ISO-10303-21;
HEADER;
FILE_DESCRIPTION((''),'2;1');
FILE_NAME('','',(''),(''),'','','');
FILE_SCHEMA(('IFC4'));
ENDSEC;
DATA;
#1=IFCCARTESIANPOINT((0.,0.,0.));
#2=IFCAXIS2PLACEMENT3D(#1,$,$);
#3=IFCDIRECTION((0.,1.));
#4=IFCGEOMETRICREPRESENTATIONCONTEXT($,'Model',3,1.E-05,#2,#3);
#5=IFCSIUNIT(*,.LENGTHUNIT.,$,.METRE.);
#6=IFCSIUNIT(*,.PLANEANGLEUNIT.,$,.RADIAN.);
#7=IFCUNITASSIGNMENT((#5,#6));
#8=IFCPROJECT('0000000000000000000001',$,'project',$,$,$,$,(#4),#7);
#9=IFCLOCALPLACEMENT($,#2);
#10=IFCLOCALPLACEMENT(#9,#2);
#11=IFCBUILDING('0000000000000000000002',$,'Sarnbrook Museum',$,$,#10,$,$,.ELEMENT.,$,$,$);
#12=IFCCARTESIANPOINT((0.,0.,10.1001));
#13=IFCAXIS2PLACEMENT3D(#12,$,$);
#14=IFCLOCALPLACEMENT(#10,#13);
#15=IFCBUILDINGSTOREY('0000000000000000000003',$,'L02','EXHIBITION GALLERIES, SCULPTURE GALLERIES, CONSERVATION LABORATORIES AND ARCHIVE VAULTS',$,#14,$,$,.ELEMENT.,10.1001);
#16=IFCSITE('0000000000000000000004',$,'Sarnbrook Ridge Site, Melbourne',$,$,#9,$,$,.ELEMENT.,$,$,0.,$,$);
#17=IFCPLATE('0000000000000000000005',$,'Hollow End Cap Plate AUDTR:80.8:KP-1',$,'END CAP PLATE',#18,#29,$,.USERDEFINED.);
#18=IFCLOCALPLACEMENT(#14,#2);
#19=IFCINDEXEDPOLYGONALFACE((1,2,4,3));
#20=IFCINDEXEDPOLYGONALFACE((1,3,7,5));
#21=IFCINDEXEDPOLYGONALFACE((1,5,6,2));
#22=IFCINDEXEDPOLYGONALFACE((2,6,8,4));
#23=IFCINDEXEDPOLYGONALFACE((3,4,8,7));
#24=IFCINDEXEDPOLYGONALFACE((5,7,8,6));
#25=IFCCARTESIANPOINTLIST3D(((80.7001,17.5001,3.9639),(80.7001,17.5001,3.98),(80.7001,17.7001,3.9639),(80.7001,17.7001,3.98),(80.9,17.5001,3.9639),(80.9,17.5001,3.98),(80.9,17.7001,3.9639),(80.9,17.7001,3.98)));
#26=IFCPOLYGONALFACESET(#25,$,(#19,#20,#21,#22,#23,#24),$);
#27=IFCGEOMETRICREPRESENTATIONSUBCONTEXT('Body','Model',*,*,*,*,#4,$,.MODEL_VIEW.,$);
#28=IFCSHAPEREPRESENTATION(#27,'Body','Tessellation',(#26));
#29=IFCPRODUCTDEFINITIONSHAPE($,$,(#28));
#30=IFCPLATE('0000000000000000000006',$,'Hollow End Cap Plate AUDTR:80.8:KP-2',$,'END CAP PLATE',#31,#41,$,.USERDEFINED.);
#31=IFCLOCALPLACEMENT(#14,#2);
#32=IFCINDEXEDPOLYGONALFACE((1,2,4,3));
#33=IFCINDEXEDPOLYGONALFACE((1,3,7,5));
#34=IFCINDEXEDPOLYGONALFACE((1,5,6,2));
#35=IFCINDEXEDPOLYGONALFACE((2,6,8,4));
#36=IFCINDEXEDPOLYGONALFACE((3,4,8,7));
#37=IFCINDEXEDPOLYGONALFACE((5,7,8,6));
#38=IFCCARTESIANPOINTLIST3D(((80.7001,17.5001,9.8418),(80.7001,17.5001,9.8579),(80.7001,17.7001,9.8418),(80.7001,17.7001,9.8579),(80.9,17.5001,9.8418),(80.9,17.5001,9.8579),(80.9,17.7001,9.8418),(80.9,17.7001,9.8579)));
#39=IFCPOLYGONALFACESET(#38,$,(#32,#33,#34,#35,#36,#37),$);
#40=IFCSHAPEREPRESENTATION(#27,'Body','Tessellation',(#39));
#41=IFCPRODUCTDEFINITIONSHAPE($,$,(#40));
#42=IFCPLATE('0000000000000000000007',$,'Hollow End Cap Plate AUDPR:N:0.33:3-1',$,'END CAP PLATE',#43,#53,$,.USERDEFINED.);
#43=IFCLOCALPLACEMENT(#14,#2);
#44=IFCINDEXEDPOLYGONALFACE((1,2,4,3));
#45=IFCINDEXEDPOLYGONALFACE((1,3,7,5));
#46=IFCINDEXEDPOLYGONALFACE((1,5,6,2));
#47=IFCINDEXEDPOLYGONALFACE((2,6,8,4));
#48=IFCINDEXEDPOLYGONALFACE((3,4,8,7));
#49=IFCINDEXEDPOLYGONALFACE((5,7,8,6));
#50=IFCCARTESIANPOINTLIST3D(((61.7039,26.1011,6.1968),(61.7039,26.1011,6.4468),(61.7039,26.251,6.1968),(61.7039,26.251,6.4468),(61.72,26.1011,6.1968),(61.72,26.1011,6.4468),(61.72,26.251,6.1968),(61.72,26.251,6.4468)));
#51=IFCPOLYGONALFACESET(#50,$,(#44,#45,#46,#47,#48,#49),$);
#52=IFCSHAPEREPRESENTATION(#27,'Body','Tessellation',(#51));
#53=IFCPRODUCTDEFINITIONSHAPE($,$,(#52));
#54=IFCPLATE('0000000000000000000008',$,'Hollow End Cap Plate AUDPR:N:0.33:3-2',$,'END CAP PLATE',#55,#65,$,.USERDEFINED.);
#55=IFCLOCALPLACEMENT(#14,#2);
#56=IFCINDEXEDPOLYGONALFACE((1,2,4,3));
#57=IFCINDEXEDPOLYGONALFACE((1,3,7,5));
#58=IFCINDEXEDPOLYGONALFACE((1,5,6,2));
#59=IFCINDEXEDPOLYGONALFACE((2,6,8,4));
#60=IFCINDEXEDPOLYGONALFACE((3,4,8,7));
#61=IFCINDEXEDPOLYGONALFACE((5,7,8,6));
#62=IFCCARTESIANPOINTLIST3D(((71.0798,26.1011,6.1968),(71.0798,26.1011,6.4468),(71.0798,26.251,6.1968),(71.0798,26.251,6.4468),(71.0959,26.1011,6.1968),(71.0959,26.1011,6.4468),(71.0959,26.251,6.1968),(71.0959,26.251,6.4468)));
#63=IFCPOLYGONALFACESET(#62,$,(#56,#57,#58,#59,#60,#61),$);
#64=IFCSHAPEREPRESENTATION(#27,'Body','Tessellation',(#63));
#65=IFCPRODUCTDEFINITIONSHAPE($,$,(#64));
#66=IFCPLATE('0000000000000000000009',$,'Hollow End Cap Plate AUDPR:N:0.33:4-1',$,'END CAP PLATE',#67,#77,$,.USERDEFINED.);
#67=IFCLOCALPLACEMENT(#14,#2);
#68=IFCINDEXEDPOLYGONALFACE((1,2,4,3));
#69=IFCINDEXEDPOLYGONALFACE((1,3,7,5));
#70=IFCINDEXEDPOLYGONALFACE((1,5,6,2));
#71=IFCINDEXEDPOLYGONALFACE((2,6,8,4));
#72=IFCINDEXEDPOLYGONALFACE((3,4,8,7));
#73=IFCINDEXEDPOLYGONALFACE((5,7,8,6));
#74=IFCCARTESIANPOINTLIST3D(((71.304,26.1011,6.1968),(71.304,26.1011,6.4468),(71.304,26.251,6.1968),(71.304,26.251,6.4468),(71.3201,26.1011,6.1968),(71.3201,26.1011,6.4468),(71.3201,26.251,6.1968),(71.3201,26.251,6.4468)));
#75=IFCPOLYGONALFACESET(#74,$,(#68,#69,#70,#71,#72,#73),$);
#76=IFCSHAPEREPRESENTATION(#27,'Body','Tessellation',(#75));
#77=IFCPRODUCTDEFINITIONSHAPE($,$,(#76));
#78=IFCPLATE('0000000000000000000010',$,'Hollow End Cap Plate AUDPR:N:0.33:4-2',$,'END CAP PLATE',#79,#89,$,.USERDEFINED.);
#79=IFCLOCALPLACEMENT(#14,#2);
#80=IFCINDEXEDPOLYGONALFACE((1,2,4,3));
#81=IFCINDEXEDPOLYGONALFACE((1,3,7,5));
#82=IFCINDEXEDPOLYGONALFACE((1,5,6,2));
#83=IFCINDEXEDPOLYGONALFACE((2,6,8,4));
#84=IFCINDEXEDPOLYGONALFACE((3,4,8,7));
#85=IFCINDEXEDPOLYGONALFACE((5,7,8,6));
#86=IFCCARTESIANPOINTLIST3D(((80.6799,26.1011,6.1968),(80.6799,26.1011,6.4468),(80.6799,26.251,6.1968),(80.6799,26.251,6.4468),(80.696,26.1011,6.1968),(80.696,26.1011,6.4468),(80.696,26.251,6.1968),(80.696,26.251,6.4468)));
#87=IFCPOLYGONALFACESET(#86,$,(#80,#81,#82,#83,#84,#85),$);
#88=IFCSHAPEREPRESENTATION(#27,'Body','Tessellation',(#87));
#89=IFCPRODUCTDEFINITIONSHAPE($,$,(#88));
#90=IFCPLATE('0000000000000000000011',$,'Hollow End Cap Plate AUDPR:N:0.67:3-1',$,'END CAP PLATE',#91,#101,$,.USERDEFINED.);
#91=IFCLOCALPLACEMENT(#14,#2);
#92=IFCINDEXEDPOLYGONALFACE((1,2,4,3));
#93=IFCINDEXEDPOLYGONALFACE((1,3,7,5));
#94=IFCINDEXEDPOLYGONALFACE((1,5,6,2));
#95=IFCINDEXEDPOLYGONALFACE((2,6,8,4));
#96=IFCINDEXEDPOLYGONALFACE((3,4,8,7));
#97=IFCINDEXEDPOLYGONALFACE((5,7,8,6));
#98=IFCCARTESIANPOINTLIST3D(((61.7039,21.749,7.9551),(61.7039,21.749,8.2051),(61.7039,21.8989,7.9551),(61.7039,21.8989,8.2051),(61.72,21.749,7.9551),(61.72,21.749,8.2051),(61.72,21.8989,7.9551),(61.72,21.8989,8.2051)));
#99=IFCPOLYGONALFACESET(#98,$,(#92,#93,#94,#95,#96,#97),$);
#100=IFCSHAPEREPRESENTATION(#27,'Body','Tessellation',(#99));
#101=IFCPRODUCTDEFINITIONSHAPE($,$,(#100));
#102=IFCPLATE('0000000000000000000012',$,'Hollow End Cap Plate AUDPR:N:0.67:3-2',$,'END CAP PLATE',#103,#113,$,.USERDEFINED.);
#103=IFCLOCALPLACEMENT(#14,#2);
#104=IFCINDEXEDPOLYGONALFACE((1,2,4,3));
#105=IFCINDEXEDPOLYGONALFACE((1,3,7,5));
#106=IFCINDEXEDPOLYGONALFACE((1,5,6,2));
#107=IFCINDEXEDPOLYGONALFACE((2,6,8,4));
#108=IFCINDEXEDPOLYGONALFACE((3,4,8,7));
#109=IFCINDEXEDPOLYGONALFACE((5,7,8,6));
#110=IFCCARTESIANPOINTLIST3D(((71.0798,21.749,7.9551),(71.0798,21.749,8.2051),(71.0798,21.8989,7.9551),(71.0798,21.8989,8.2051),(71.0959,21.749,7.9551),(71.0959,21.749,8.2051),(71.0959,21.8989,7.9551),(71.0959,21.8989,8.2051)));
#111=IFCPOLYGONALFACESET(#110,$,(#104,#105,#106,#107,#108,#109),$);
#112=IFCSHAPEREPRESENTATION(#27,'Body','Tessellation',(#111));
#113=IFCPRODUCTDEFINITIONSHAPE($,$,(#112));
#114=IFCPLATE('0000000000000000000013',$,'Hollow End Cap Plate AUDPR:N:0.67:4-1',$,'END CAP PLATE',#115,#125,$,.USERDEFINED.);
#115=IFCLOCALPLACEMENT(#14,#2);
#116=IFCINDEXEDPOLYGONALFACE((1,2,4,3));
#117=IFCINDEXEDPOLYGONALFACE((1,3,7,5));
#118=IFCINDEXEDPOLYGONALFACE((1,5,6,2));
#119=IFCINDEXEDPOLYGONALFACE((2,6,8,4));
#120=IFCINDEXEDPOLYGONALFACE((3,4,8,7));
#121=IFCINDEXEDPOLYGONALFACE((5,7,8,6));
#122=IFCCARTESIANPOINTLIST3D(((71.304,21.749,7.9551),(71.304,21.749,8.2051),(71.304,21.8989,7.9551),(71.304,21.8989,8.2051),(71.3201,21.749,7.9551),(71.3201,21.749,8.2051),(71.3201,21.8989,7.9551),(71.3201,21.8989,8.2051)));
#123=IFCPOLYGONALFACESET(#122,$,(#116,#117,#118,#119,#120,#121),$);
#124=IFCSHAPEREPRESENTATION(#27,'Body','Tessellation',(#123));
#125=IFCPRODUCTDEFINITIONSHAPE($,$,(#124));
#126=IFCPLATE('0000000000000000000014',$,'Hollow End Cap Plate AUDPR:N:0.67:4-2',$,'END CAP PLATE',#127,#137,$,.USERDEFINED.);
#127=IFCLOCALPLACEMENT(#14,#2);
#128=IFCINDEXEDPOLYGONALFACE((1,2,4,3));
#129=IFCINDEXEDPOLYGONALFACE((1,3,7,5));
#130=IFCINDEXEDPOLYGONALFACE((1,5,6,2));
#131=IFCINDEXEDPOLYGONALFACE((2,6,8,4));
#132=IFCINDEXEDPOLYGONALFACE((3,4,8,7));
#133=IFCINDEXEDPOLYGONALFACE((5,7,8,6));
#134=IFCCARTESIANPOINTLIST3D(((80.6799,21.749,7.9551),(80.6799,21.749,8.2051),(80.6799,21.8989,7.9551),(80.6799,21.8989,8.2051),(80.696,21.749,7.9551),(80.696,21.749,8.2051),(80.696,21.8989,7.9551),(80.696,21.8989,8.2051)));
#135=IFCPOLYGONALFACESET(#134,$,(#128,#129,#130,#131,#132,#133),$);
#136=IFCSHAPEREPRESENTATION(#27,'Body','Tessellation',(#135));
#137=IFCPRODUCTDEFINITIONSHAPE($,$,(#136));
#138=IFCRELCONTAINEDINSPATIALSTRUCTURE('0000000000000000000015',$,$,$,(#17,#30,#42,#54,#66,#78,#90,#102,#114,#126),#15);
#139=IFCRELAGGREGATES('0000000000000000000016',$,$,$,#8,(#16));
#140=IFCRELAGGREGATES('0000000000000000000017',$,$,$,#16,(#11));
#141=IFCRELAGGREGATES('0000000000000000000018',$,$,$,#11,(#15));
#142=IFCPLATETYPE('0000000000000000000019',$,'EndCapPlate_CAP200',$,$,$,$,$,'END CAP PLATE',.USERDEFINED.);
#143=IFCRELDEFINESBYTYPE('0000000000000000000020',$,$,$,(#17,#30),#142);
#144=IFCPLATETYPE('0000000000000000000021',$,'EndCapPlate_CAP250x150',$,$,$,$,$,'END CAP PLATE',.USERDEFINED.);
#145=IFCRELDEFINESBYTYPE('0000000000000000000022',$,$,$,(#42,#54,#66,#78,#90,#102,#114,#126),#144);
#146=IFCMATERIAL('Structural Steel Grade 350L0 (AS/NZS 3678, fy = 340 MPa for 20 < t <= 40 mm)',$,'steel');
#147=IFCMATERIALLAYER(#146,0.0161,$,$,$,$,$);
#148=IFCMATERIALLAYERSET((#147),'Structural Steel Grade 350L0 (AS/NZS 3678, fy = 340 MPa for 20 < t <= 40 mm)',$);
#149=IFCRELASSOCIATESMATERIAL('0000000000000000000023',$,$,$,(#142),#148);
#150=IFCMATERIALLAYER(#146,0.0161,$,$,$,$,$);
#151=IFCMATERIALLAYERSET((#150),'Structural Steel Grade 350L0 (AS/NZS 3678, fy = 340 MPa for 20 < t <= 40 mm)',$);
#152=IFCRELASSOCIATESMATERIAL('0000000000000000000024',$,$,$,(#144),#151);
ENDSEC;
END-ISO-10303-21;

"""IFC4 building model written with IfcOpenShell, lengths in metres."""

from ifc_helpers import new_model, si_unit, direction, frame, origin, origin_2d, place, context, subcontext, project, spatial, rectangle, extrude, material, layer, layer_set, type_object, element, save


model = new_model("IFC4")

# Units and contexts
model_context = context("Model", 3, precision=1e-05, world=origin(), true_north=direction((0.0, 1.0)))
body_context = subcontext(model_context, "Body", "Model", "MODEL_VIEW")
ifc_project = project(units=[si_unit("LENGTHUNIT", "METRE"), si_unit("PLANEANGLEUNIT", "RADIAN")], contexts=[model_context])

# Site, building, storey
site_placement = place(None, origin())
site = spatial("IfcSite", under=ifc_project, at=site_placement, Name="Sarnbrook Ridge Site, Melbourne", CompositionType="ELEMENT", RefElevation=0.0)
building_placement = place(site_placement, origin())
building = spatial("IfcBuilding", under=site, at=building_placement, Name="Sarnbrook Museum", CompositionType="ELEMENT")
storey_placement = place(building_placement, frame((0.0, 0.0, 10.1001)))
storey = spatial("IfcBuildingStorey", under=building, at=storey_placement, Name="L02", Description="EXHIBITION GALLERIES, SCULPTURE GALLERIES, CONSERVATION LABORATORIES AND ARCHIVE VAULTS", CompositionType="ELEMENT", Elevation=10.1001)

# Shared definitions
ifc_material_1 = material(Name="Structural Steel Grade 350L0 (AS/NZS 3678, fy = 340 MPa for 20 < t <= 40 mm)", Category="steel")

# Plates
ifc_layer_1 = layer(ifc_material_1, 0.0161)
ifc_layer_set_1 = layer_set([ifc_layer_1], Name="Structural Steel Grade 350L0 (AS/NZS 3678, fy = 340 MPa for 20 < t <= 40 mm)")
plate_type_1 = type_object("IfcPlateType", Name="EndCapPlate_CAP200", ElementType="END CAP PLATE", PredefinedType="USERDEFINED", material=ifc_layer_set_1)
for number, where, z_axis, x_axis, name in (
    (1, (80.8, 17.6001, 3.9639), (0.0, 0.0, 1.0), (1.0, 0.0, 0.0), "Hollow End Cap Plate AUDTR:80.8:KP-1"),
    (2, (80.8, 17.6001, 9.8418), (0.0, 0.0, 1.0), (1.0, 0.0, 0.0), "Hollow End Cap Plate AUDTR:80.8:KP-2"),
):
    element("IfcPlate", number, at=place(storey_placement, frame(where, z_axis=z_axis, x_axis=x_axis)), inside=storey, type_object=plate_type_1, Name=name, ObjectType="END CAP PLATE", PredefinedType="USERDEFINED", context=body_context, shape_type="SweptSolid", body=[
        extrude(rectangle(XDim=0.2, YDim=0.2, at=origin_2d()), origin(), (0.0, 0.0, 1.0), 0.0161),
    ])
ifc_layer_2 = layer(ifc_material_1, 0.0161)
ifc_layer_set_2 = layer_set([ifc_layer_2], Name="Structural Steel Grade 350L0 (AS/NZS 3678, fy = 340 MPa for 20 < t <= 40 mm)")
plate_type_2 = type_object("IfcPlateType", Name="EndCapPlate_CAP250x150", ElementType="END CAP PLATE", PredefinedType="USERDEFINED", material=ifc_layer_set_2)
for number, where, z_axis, x_axis, name in (
    (3, (61.7039, 26.176, 6.3218), (1.0, 0.0, 0.0), (0.0, 1.0, 0.0), "Hollow End Cap Plate AUDPR:N:0.33:3-1"),
    (4, (71.0798, 26.176, 6.3218), (1.0, 0.0, 0.0), (0.0, 1.0, 0.0), "Hollow End Cap Plate AUDPR:N:0.33:3-2"),
    (5, (71.304, 26.176, 6.3218), (1.0, 0.0, 0.0), (0.0, 1.0, 0.0), "Hollow End Cap Plate AUDPR:N:0.33:4-1"),
    (6, (80.6799, 26.176, 6.3218), (1.0, 0.0, 0.0), (0.0, 1.0, 0.0), "Hollow End Cap Plate AUDPR:N:0.33:4-2"),
    (7, (61.7039, 21.824, 8.0801), (1.0, 0.0, 0.0), (0.0, 1.0, 0.0), "Hollow End Cap Plate AUDPR:N:0.67:3-1"),
    (8, (71.0798, 21.824, 8.0801), (1.0, 0.0, 0.0), (0.0, 1.0, 0.0), "Hollow End Cap Plate AUDPR:N:0.67:3-2"),
    (9, (71.304, 21.824, 8.0801), (1.0, 0.0, 0.0), (0.0, 1.0, 0.0), "Hollow End Cap Plate AUDPR:N:0.67:4-1"),
    (10, (80.6799, 21.824, 8.0801), (1.0, 0.0, 0.0), (0.0, 1.0, 0.0), "Hollow End Cap Plate AUDPR:N:0.67:4-2"),
):
    element("IfcPlate", number, at=place(storey_placement, frame(where, z_axis=z_axis, x_axis=x_axis)), inside=storey, type_object=plate_type_2, Name=name, ObjectType="END CAP PLATE", PredefinedType="USERDEFINED", context=body_context, shape_type="SweptSolid", body=[
        extrude(rectangle(XDim=0.1499, YDim=0.25, at=origin_2d()), origin(), (0.0, 0.0, 1.0), 0.0161),
    ])

save(model, "model.ifc")
